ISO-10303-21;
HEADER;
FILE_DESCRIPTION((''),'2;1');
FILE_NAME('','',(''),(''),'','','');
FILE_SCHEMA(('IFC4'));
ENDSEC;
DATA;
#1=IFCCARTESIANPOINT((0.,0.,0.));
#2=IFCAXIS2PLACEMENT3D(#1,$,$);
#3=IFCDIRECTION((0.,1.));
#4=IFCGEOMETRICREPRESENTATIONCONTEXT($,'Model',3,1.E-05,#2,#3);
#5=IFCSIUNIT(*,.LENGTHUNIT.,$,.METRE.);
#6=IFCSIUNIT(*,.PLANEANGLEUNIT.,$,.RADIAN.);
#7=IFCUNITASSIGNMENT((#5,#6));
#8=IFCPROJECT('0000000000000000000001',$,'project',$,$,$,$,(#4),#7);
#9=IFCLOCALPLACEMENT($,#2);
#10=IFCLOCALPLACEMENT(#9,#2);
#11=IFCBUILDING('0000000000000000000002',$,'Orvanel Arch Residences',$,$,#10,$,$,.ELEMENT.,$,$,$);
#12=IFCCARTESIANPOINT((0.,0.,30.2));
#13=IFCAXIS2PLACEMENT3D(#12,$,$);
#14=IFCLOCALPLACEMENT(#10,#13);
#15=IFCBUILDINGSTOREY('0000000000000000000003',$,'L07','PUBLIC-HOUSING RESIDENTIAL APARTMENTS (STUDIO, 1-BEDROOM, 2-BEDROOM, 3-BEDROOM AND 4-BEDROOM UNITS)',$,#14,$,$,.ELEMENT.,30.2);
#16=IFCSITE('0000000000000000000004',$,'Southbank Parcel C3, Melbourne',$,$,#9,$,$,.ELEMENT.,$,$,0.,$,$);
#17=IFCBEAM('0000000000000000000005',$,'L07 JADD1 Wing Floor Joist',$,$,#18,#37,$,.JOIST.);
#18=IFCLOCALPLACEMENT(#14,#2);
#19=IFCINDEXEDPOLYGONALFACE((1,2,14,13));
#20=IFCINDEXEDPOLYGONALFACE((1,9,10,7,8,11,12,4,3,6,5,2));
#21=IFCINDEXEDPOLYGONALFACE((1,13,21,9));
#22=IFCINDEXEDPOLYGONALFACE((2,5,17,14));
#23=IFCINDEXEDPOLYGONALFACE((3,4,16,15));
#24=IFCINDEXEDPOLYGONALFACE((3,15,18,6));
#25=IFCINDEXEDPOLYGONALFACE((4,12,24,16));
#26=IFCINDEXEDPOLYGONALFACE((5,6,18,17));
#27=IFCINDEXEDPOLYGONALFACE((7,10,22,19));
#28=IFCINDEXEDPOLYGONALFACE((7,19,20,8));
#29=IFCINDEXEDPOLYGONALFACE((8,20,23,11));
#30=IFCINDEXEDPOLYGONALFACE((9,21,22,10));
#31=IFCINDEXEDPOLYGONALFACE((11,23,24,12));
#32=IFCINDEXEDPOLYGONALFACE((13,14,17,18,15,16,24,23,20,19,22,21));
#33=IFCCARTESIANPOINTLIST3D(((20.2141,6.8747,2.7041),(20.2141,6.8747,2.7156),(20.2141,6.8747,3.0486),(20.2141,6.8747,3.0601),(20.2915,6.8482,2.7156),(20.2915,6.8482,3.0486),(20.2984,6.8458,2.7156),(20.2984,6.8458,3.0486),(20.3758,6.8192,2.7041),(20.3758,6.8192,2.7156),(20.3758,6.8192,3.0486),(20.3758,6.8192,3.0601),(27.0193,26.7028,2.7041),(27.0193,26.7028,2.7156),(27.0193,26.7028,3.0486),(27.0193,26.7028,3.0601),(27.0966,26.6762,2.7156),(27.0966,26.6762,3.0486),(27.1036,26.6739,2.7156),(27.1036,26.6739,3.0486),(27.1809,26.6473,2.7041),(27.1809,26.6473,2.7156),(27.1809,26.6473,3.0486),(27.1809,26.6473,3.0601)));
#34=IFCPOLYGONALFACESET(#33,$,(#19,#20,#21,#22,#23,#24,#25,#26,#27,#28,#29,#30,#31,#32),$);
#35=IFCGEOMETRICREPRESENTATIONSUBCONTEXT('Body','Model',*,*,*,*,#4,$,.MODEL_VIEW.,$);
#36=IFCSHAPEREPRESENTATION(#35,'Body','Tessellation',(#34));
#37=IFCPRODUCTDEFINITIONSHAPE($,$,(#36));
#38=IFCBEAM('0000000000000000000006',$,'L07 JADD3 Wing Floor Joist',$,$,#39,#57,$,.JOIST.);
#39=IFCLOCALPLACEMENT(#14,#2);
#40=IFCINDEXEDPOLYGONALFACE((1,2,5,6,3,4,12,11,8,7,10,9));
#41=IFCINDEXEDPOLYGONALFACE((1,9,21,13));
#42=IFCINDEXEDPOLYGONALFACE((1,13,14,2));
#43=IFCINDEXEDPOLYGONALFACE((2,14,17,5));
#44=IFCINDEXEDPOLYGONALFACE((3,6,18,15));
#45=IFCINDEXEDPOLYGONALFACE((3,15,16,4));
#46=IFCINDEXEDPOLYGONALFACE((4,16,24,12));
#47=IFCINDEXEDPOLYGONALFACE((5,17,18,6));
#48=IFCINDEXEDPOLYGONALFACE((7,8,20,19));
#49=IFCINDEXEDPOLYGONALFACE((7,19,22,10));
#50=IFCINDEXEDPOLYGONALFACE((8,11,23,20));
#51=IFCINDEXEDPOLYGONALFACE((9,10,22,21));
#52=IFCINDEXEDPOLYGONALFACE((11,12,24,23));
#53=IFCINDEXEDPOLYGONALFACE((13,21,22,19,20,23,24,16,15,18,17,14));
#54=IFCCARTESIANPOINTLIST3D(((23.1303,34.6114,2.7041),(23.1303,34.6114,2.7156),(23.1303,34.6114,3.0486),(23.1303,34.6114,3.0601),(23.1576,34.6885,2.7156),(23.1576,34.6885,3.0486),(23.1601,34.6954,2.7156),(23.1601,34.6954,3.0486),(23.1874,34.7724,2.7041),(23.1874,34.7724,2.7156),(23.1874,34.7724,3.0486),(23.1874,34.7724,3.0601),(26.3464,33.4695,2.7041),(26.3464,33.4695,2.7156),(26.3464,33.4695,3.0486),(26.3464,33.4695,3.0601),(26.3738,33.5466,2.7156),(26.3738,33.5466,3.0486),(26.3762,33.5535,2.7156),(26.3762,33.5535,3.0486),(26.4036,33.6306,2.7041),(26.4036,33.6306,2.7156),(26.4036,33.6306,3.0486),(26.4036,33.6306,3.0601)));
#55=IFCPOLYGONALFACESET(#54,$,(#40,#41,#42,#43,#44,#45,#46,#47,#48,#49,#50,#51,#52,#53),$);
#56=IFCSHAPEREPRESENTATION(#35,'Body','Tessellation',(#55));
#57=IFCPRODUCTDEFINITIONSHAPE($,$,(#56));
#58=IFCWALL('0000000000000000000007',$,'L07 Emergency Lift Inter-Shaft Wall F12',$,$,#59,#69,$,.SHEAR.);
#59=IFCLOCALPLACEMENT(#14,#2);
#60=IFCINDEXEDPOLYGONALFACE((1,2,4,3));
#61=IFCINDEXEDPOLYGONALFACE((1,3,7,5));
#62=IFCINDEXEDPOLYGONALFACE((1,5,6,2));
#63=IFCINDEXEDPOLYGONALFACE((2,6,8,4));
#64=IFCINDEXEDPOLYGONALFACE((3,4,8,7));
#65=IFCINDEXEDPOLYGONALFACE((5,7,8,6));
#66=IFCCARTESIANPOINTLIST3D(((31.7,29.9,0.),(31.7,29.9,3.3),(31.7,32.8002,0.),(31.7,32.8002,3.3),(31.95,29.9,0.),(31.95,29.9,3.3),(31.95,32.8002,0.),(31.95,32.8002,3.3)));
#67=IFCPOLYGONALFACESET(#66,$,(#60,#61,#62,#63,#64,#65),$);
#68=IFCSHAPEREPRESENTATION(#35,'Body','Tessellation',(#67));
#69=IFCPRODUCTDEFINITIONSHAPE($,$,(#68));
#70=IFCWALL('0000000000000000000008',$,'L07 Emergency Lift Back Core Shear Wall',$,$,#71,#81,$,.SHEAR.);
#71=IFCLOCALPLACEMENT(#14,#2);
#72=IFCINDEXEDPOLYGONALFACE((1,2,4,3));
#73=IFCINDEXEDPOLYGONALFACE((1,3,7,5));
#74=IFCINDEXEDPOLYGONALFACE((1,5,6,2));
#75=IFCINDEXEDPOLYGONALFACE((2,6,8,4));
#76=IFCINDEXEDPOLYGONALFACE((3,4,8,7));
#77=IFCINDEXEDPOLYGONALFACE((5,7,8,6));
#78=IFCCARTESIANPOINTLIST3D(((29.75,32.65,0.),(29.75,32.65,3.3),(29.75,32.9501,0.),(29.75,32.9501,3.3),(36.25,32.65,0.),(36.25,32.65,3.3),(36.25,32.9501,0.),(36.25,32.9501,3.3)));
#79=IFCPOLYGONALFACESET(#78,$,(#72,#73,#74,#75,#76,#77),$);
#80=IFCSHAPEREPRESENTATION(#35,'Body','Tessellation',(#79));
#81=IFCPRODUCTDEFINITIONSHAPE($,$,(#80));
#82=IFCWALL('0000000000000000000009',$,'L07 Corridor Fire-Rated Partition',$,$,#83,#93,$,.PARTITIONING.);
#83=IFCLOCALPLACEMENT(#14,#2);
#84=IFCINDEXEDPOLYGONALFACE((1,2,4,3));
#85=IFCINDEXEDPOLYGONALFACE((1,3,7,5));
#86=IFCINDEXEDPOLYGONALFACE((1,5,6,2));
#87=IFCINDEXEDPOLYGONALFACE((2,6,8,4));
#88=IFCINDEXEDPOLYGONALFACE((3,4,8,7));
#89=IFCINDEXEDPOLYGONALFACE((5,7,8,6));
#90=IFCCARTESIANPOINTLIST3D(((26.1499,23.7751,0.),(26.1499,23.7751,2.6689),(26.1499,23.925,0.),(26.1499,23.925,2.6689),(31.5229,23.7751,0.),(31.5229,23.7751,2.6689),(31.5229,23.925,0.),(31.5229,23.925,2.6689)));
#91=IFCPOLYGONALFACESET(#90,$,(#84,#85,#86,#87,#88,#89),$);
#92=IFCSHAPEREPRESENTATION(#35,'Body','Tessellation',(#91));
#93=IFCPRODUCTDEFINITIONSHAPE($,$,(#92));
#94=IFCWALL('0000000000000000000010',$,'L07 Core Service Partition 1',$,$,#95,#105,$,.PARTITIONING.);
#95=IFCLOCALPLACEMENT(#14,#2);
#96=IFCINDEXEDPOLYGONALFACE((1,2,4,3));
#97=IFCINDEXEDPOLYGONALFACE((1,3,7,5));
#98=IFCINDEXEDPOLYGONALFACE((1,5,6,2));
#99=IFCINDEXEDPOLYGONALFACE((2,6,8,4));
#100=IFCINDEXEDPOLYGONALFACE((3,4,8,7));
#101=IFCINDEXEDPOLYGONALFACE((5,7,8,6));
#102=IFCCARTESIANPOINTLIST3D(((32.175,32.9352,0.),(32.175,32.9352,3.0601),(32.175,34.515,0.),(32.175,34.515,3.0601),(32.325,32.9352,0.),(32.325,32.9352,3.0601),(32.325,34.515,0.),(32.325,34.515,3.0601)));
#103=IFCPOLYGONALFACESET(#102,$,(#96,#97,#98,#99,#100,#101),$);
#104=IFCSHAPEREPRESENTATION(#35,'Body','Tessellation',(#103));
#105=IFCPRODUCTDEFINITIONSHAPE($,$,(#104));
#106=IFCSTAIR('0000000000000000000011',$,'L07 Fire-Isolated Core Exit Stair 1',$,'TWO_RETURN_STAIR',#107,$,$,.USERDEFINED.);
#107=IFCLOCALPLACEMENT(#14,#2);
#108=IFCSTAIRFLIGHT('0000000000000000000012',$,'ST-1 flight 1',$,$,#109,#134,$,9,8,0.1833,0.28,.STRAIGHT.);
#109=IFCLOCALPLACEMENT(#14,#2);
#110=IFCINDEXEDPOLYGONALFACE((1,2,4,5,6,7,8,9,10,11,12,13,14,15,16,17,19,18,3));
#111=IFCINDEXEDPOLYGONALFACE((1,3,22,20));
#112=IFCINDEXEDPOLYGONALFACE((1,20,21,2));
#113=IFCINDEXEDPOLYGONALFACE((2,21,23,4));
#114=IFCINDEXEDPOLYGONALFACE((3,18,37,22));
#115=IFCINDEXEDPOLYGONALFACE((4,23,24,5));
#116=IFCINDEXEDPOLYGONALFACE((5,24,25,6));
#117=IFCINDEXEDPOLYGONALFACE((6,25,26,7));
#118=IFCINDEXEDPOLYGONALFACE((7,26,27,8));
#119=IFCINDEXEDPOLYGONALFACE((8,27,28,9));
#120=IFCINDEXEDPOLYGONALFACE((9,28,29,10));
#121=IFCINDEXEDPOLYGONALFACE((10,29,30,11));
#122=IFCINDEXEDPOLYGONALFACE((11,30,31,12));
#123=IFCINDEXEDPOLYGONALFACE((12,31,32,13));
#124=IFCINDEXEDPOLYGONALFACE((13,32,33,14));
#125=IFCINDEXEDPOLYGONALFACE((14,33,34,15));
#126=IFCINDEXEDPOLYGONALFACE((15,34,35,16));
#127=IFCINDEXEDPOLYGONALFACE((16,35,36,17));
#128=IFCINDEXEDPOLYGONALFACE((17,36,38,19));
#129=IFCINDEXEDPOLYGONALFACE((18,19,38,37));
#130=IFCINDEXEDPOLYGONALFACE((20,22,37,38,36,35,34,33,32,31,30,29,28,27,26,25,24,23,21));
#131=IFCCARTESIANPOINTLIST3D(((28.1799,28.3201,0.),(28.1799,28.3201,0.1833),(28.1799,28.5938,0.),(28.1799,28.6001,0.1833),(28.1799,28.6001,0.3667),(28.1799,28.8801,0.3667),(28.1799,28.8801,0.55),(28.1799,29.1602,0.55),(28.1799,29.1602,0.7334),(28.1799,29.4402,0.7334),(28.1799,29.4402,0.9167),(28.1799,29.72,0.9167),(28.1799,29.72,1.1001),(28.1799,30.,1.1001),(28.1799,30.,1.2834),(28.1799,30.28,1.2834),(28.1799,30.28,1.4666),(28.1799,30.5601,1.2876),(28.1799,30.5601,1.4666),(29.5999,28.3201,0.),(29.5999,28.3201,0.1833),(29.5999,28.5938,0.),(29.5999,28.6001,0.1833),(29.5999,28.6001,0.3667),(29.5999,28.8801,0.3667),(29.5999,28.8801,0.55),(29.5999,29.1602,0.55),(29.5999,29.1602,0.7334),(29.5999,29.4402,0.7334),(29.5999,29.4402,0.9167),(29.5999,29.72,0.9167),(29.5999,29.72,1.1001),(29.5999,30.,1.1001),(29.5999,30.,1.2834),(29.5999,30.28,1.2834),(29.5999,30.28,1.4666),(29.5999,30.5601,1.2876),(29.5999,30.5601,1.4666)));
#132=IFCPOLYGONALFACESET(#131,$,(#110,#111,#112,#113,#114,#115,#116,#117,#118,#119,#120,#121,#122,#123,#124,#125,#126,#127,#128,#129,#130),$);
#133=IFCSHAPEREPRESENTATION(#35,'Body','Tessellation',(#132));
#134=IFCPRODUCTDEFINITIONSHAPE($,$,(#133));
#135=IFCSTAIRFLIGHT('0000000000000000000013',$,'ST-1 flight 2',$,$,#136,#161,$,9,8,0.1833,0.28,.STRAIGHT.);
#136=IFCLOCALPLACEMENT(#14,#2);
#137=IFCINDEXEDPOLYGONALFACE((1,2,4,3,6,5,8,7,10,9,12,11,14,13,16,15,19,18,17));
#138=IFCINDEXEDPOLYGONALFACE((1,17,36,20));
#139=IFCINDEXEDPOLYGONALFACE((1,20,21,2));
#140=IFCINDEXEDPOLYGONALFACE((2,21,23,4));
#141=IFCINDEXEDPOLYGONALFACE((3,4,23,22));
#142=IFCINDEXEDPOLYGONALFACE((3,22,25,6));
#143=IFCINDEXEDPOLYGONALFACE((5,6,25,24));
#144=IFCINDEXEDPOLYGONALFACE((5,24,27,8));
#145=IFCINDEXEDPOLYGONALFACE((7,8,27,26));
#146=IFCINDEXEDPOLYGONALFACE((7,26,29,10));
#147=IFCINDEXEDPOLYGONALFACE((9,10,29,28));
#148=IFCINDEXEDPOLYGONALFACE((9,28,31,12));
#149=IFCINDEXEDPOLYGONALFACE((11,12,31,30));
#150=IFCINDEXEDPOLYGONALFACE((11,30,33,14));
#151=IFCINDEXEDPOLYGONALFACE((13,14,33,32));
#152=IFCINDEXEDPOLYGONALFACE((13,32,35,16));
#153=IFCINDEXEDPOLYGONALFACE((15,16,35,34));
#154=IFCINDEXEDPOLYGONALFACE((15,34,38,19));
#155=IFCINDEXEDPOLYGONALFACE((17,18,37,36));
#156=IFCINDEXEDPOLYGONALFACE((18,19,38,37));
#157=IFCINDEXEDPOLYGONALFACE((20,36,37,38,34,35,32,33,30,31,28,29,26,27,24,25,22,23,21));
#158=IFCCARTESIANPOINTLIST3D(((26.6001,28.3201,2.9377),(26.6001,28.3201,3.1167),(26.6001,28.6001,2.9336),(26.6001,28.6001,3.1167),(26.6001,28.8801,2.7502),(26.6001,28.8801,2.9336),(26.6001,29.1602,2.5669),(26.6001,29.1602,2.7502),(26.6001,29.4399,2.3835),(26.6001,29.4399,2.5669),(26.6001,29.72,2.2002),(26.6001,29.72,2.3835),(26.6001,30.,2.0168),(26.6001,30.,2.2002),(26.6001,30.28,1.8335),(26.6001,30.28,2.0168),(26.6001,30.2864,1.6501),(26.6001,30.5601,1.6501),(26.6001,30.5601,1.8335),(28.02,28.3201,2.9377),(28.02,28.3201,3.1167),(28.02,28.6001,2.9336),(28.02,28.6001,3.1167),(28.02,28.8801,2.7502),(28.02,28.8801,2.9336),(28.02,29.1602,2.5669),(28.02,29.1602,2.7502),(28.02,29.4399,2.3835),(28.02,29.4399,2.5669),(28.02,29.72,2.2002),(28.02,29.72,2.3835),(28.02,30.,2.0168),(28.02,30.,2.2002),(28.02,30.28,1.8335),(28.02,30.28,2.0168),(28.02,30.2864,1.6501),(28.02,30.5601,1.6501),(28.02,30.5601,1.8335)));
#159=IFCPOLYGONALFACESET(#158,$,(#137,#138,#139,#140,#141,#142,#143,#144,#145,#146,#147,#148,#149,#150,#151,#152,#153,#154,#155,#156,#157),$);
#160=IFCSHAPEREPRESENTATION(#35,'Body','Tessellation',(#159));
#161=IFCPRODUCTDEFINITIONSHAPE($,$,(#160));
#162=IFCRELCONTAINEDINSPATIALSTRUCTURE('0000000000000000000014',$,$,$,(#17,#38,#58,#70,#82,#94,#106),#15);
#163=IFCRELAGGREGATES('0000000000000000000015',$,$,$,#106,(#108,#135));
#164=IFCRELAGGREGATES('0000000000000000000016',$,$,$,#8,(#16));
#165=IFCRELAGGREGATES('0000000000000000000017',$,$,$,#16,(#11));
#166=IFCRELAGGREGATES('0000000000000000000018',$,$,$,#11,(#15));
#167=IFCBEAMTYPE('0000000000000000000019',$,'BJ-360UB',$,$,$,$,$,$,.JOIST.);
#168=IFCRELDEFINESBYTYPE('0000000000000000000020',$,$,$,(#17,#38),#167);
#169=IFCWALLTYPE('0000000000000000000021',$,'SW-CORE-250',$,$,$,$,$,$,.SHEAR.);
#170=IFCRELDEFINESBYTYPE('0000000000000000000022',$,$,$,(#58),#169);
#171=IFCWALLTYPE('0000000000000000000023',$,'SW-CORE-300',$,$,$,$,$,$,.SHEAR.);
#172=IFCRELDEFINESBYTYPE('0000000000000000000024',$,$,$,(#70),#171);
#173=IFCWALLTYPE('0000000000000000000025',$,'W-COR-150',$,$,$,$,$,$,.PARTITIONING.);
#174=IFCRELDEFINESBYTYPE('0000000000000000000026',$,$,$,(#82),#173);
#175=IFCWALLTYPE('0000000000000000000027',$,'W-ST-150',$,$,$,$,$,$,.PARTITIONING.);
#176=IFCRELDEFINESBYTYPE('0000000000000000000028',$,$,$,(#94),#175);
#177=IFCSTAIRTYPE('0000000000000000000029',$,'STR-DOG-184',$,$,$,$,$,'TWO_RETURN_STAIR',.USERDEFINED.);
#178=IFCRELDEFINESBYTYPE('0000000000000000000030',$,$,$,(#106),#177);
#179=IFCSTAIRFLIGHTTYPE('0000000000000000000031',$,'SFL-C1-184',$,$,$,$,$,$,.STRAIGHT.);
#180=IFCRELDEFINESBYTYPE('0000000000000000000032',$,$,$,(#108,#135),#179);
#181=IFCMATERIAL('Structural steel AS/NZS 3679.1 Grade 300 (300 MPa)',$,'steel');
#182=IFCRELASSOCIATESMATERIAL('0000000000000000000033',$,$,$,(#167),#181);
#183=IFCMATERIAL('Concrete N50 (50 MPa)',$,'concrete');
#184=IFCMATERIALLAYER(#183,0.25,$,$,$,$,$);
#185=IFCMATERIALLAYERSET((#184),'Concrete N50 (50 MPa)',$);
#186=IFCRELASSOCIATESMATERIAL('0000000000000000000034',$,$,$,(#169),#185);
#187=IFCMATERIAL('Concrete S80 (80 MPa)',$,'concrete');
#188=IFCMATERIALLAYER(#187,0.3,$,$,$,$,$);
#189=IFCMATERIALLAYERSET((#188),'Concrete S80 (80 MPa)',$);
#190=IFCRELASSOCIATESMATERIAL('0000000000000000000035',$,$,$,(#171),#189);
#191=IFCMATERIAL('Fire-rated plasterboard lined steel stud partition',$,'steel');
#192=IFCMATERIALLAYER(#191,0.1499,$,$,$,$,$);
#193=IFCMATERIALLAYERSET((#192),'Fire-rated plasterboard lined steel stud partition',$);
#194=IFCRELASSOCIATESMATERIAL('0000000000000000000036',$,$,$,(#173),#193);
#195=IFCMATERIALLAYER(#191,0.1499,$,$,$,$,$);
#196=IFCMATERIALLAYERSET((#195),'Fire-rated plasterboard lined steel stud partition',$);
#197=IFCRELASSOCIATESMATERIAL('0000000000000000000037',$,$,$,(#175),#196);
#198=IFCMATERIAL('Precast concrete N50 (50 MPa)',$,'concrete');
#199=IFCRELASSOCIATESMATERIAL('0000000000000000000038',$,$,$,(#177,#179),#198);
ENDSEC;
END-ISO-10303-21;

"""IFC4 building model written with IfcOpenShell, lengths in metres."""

from ifc_helpers import new_model, si_unit, direction, frame, frame_2d, origin, origin_2d, place, context, subcontext, project, spatial, polyline, rectangle, i_section, outline, extrude, material, layer, layer_set, material_profile, profile_set, type_object, element, aggregate, save


model = new_model("IFC4")

# Units and contexts
model_context = context("Model", 3, precision=1e-05, world=origin(), true_north=direction((0.0, 1.0)))
body_context = subcontext(model_context, "Body", "Model", "MODEL_VIEW")
ifc_project = project(units=[si_unit("LENGTHUNIT", "METRE"), si_unit("PLANEANGLEUNIT", "RADIAN")], contexts=[model_context])

# Site, building, storey
site_placement = place(None, origin())
site = spatial("IfcSite", under=ifc_project, at=site_placement, Name="Southbank Parcel C3, Melbourne", CompositionType="ELEMENT", RefElevation=0.0)
building_placement = place(site_placement, origin())
building = spatial("IfcBuilding", under=site, at=building_placement, Name="Orvanel Arch Residences", CompositionType="ELEMENT")
storey_placement = place(building_placement, frame((0.0, 0.0, 30.2)))
storey = spatial("IfcBuildingStorey", under=building, at=storey_placement, Name="L07", Description="PUBLIC-HOUSING RESIDENTIAL APARTMENTS (STUDIO, 1-BEDROOM, 2-BEDROOM, 3-BEDROOM AND 4-BEDROOM UNITS)", CompositionType="ELEMENT", Elevation=30.2)

# Beams
ifc_material_1 = material(Name="Structural steel AS/NZS 3679.1 Grade 300 (300 MPa)", Category="steel")
ifc_material_profile_1 = material_profile(ifc_material_1, i_section(OverallWidth=0.1709, OverallDepth=0.356, WebThickness=0.0073, FlangeThickness=0.0115, at=origin_2d()), Name="360UB50.7")
ifc_profile_set_1 = profile_set([ifc_material_profile_1], Name="Structural steel AS/NZS 3679.1 Grade 300 (300 MPa)")
beam_type_1 = type_object("IfcBeamType", Name="BJ-360UB", PredefinedType="JOIST", material=ifc_profile_set_1)
beam_1_placement = place(storey_placement, frame((27.1001, 26.675, 2.8821), z_axis=(-0.324621, -0.945844, 0.0), x_axis=(0.945844, -0.324621, 0.0)))
element("IfcBeam", 1, at=beam_1_placement, inside=storey, type_object=beam_type_1, Name="L07 JADD1 Wing Floor Joist", PredefinedType="JOIST", context=body_context, shape_type="SweptSolid", body=[
    extrude(i_section(OverallWidth=0.1709, OverallDepth=0.356, WebThickness=0.0073, FlangeThickness=0.0115, at=origin_2d()), origin(), (0.0, 0.0, 1.0), 20.9634),
])
beam_2_placement = place(storey_placement, frame((26.375, 33.55, 2.8821), z_axis=(-0.942367, 0.334582, 0.0), x_axis=(-0.334582, -0.942367, 0.0)))
element("IfcBeam", 2, at=beam_2_placement, inside=storey, type_object=beam_type_1, Name="L07 JADD3 Wing Floor Joist", PredefinedType="JOIST", context=body_context, shape_type="SweptSolid", body=[
    extrude(i_section(OverallWidth=0.1709, OverallDepth=0.356, WebThickness=0.0073, FlangeThickness=0.0115, at=origin_2d()), origin(), (0.0, 0.0, 1.0), 3.4128),
])

# Wall
ifc_material_2 = material(Name="Concrete N50 (50 MPa)", Category="concrete")
ifc_layer_1 = layer(ifc_material_2, 0.25)
ifc_layer_set_1 = layer_set([ifc_layer_1], Name="Concrete N50 (50 MPa)")
wall_type_1 = type_object("IfcWallType", Name="SW-CORE-250", PredefinedType="SHEAR", material=ifc_layer_set_1)
wall_1_placement = place(storey_placement, frame((31.825, 29.8999, 0.0), z_axis=(0.0, 0.0, 1.0), x_axis=(0.0, 1.0, 0.0)))
element("IfcWall", 3, at=wall_1_placement, inside=storey, type_object=wall_type_1, Name="L07 Emergency Lift Inter-Shaft Wall F12", PredefinedType="SHEAR", context=body_context, shape_type="SweptSolid", body=[
    extrude(rectangle(XDim=2.9001, YDim=0.25, at=frame_2d((1.4502, 0.0))), origin(), (0.0, 0.0, 1.0), 3.3),
])

# Shared definitions
ifc_material_3 = material(Name="Concrete S80 (80 MPa)", Category="concrete")
ifc_layer_2 = layer(ifc_material_3, 0.3)
ifc_layer_set_2 = layer_set([ifc_layer_2], Name="Concrete S80 (80 MPa)")
wall_type_2 = type_object("IfcWallType", Name="SW-CORE-300", PredefinedType="SHEAR", material=ifc_layer_set_2)

# Walls
wall_2_placement = place(storey_placement, frame((29.75, 32.8, 0.0), z_axis=(0.0, 0.0, 1.0), x_axis=(1.0, 0.0, 0.0)))
element("IfcWall", 4, at=wall_2_placement, inside=storey, type_object=wall_type_2, Name="L07 Emergency Lift Back Core Shear Wall", PredefinedType="SHEAR", context=body_context, shape_type="SweptSolid", body=[
    extrude(rectangle(XDim=6.5, YDim=0.3, at=frame_2d((3.25, 0.0))), origin(), (0.0, 0.0, 1.0), 3.3),
])
ifc_material_4 = material(Name="Fire-rated plasterboard lined steel stud partition", Category="steel")
ifc_layer_3 = layer(ifc_material_4, 0.1499)
ifc_layer_set_3 = layer_set([ifc_layer_3], Name="Fire-rated plasterboard lined steel stud partition")
wall_type_3 = type_object("IfcWallType", Name="W-COR-150", PredefinedType="PARTITIONING", material=ifc_layer_set_3)
wall_3_placement = place(storey_placement, frame((31.5229, 23.8501, 0.0), z_axis=(0.0, 0.0, 1.0), x_axis=(-1.0, 0.0, 0.0)))
element("IfcWall", 5, at=wall_3_placement, inside=storey, type_object=wall_type_3, Name="L07 Corridor Fire-Rated Partition", PredefinedType="PARTITIONING", context=body_context, shape_type="SweptSolid", body=[
    extrude(rectangle(XDim=5.373, YDim=0.1499, at=frame_2d((2.6865, 0.0))), origin(), (0.0, 0.0, 1.0), 2.6689),
])
ifc_layer_4 = layer(ifc_material_4, 0.1499)
ifc_layer_set_4 = layer_set([ifc_layer_4], Name="Fire-rated plasterboard lined steel stud partition")
wall_type_4 = type_object("IfcWallType", Name="W-ST-150", PredefinedType="PARTITIONING", material=ifc_layer_set_4)
wall_4_placement = place(storey_placement, frame((32.25, 32.9351, 0.0), z_axis=(0.0, 0.0, 1.0), x_axis=(0.0, 1.0, 0.0)))
element("IfcWall", 6, at=wall_4_placement, inside=storey, type_object=wall_type_4, Name="L07 Core Service Partition 1", PredefinedType="PARTITIONING", context=body_context, shape_type="SweptSolid", body=[
    extrude(rectangle(XDim=1.5798, YDim=0.1499, at=frame_2d((0.79, 0.0))), origin(), (0.0, 0.0, 1.0), 3.0601),
])

# Stair, stair flights
ifc_material_5 = material(Name="Precast concrete N50 (50 MPa)", Category="concrete")
stair_type = type_object("IfcStairType", Name="STR-DOG-184", ElementType="TWO_RETURN_STAIR", PredefinedType="USERDEFINED", material=ifc_material_5)
stair_placement = place(storey_placement, origin())
stair = element("IfcStair", 7, at=stair_placement, inside=storey, type_object=stair_type, Name="L07 Fire-Isolated Core Exit Stair 1", ObjectType="TWO_RETURN_STAIR", PredefinedType="USERDEFINED")
stair_flight_type = type_object("IfcStairFlightType", Name="SFL-C1-184", PredefinedType="STRAIGHT", material=ifc_material_5)
stair_flight_1_placement = place(storey_placement, frame((28.8899, 28.3201, 0.0), z_axis=(0.0, 0.0, 1.0), x_axis=(0.0, 1.0, 0.0)))
stair_flight_1 = element("IfcStairFlight", 8, at=stair_flight_1_placement, type_object=stair_flight_type, Name="ST-1 flight 1", NumberOfRisers=9, NumberOfTreads=8, PredefinedType="STRAIGHT", RiserHeight=0.1833, TreadLength=0.28, context=body_context, shape_type="SweptSolid", body=[
    extrude(outline(polyline([(0.0, 0.0), (0.0, 0.1833), (0.28, 0.1833), (0.28, 0.3667), (0.5601, 0.3667), (0.5601, 0.55), (0.8401, 0.55), (0.8401, 0.7334), (1.1201, 0.7334), (1.1201, 0.9167), (1.3999, 0.9167), (1.3999, 1.1001), (1.6799, 1.1001), (1.6799, 1.2834), (1.96, 1.2834), (1.96, 1.4666), (2.24, 1.4666), (2.24, 1.6499), (2.24, 1.2876), (0.2737, 0.0), (0.0, 0.0)])), frame((0.0, 0.71, 0.0), z_axis=(0.0, -1.0, 0.0), x_axis=(1.0, 0.0, 0.0)), (0.0, 0.0, 1.0), 1.4199),
])
stair_flight_2_placement = place(storey_placement, frame((27.3101, 30.5601, 1.6501), z_axis=(0.0, 0.0, 1.0), x_axis=(0.0, -1.0, 0.0)))
stair_flight_2 = element("IfcStairFlight", 9, at=stair_flight_2_placement, type_object=stair_flight_type, Name="ST-1 flight 2", NumberOfRisers=9, NumberOfTreads=8, PredefinedType="STRAIGHT", RiserHeight=0.1833, TreadLength=0.28, context=body_context, shape_type="SweptSolid", body=[
    extrude(outline(polyline([(0.0, 0.0), (0.0, 0.1833), (0.28, 0.1833), (0.28, 0.3667), (0.5601, 0.3667), (0.5601, 0.55), (0.8401, 0.55), (0.8401, 0.7334), (1.1201, 0.7334), (1.1201, 0.9167), (1.3999, 0.9167), (1.3999, 1.1001), (1.6799, 1.1001), (1.6799, 1.2834), (1.96, 1.2834), (1.96, 1.4666), (2.24, 1.4666), (2.24, 1.6499), (2.24, 1.2876), (0.2737, 0.0), (0.0, 0.0)])), frame((0.0, 0.71, 0.0), z_axis=(0.0, -1.0, 0.0), x_axis=(1.0, 0.0, 0.0)), (0.0, 0.0, 1.0), 1.4199),
])
aggregate(stair, [stair_flight_1, stair_flight_2])

save(model, "model.ifc")
